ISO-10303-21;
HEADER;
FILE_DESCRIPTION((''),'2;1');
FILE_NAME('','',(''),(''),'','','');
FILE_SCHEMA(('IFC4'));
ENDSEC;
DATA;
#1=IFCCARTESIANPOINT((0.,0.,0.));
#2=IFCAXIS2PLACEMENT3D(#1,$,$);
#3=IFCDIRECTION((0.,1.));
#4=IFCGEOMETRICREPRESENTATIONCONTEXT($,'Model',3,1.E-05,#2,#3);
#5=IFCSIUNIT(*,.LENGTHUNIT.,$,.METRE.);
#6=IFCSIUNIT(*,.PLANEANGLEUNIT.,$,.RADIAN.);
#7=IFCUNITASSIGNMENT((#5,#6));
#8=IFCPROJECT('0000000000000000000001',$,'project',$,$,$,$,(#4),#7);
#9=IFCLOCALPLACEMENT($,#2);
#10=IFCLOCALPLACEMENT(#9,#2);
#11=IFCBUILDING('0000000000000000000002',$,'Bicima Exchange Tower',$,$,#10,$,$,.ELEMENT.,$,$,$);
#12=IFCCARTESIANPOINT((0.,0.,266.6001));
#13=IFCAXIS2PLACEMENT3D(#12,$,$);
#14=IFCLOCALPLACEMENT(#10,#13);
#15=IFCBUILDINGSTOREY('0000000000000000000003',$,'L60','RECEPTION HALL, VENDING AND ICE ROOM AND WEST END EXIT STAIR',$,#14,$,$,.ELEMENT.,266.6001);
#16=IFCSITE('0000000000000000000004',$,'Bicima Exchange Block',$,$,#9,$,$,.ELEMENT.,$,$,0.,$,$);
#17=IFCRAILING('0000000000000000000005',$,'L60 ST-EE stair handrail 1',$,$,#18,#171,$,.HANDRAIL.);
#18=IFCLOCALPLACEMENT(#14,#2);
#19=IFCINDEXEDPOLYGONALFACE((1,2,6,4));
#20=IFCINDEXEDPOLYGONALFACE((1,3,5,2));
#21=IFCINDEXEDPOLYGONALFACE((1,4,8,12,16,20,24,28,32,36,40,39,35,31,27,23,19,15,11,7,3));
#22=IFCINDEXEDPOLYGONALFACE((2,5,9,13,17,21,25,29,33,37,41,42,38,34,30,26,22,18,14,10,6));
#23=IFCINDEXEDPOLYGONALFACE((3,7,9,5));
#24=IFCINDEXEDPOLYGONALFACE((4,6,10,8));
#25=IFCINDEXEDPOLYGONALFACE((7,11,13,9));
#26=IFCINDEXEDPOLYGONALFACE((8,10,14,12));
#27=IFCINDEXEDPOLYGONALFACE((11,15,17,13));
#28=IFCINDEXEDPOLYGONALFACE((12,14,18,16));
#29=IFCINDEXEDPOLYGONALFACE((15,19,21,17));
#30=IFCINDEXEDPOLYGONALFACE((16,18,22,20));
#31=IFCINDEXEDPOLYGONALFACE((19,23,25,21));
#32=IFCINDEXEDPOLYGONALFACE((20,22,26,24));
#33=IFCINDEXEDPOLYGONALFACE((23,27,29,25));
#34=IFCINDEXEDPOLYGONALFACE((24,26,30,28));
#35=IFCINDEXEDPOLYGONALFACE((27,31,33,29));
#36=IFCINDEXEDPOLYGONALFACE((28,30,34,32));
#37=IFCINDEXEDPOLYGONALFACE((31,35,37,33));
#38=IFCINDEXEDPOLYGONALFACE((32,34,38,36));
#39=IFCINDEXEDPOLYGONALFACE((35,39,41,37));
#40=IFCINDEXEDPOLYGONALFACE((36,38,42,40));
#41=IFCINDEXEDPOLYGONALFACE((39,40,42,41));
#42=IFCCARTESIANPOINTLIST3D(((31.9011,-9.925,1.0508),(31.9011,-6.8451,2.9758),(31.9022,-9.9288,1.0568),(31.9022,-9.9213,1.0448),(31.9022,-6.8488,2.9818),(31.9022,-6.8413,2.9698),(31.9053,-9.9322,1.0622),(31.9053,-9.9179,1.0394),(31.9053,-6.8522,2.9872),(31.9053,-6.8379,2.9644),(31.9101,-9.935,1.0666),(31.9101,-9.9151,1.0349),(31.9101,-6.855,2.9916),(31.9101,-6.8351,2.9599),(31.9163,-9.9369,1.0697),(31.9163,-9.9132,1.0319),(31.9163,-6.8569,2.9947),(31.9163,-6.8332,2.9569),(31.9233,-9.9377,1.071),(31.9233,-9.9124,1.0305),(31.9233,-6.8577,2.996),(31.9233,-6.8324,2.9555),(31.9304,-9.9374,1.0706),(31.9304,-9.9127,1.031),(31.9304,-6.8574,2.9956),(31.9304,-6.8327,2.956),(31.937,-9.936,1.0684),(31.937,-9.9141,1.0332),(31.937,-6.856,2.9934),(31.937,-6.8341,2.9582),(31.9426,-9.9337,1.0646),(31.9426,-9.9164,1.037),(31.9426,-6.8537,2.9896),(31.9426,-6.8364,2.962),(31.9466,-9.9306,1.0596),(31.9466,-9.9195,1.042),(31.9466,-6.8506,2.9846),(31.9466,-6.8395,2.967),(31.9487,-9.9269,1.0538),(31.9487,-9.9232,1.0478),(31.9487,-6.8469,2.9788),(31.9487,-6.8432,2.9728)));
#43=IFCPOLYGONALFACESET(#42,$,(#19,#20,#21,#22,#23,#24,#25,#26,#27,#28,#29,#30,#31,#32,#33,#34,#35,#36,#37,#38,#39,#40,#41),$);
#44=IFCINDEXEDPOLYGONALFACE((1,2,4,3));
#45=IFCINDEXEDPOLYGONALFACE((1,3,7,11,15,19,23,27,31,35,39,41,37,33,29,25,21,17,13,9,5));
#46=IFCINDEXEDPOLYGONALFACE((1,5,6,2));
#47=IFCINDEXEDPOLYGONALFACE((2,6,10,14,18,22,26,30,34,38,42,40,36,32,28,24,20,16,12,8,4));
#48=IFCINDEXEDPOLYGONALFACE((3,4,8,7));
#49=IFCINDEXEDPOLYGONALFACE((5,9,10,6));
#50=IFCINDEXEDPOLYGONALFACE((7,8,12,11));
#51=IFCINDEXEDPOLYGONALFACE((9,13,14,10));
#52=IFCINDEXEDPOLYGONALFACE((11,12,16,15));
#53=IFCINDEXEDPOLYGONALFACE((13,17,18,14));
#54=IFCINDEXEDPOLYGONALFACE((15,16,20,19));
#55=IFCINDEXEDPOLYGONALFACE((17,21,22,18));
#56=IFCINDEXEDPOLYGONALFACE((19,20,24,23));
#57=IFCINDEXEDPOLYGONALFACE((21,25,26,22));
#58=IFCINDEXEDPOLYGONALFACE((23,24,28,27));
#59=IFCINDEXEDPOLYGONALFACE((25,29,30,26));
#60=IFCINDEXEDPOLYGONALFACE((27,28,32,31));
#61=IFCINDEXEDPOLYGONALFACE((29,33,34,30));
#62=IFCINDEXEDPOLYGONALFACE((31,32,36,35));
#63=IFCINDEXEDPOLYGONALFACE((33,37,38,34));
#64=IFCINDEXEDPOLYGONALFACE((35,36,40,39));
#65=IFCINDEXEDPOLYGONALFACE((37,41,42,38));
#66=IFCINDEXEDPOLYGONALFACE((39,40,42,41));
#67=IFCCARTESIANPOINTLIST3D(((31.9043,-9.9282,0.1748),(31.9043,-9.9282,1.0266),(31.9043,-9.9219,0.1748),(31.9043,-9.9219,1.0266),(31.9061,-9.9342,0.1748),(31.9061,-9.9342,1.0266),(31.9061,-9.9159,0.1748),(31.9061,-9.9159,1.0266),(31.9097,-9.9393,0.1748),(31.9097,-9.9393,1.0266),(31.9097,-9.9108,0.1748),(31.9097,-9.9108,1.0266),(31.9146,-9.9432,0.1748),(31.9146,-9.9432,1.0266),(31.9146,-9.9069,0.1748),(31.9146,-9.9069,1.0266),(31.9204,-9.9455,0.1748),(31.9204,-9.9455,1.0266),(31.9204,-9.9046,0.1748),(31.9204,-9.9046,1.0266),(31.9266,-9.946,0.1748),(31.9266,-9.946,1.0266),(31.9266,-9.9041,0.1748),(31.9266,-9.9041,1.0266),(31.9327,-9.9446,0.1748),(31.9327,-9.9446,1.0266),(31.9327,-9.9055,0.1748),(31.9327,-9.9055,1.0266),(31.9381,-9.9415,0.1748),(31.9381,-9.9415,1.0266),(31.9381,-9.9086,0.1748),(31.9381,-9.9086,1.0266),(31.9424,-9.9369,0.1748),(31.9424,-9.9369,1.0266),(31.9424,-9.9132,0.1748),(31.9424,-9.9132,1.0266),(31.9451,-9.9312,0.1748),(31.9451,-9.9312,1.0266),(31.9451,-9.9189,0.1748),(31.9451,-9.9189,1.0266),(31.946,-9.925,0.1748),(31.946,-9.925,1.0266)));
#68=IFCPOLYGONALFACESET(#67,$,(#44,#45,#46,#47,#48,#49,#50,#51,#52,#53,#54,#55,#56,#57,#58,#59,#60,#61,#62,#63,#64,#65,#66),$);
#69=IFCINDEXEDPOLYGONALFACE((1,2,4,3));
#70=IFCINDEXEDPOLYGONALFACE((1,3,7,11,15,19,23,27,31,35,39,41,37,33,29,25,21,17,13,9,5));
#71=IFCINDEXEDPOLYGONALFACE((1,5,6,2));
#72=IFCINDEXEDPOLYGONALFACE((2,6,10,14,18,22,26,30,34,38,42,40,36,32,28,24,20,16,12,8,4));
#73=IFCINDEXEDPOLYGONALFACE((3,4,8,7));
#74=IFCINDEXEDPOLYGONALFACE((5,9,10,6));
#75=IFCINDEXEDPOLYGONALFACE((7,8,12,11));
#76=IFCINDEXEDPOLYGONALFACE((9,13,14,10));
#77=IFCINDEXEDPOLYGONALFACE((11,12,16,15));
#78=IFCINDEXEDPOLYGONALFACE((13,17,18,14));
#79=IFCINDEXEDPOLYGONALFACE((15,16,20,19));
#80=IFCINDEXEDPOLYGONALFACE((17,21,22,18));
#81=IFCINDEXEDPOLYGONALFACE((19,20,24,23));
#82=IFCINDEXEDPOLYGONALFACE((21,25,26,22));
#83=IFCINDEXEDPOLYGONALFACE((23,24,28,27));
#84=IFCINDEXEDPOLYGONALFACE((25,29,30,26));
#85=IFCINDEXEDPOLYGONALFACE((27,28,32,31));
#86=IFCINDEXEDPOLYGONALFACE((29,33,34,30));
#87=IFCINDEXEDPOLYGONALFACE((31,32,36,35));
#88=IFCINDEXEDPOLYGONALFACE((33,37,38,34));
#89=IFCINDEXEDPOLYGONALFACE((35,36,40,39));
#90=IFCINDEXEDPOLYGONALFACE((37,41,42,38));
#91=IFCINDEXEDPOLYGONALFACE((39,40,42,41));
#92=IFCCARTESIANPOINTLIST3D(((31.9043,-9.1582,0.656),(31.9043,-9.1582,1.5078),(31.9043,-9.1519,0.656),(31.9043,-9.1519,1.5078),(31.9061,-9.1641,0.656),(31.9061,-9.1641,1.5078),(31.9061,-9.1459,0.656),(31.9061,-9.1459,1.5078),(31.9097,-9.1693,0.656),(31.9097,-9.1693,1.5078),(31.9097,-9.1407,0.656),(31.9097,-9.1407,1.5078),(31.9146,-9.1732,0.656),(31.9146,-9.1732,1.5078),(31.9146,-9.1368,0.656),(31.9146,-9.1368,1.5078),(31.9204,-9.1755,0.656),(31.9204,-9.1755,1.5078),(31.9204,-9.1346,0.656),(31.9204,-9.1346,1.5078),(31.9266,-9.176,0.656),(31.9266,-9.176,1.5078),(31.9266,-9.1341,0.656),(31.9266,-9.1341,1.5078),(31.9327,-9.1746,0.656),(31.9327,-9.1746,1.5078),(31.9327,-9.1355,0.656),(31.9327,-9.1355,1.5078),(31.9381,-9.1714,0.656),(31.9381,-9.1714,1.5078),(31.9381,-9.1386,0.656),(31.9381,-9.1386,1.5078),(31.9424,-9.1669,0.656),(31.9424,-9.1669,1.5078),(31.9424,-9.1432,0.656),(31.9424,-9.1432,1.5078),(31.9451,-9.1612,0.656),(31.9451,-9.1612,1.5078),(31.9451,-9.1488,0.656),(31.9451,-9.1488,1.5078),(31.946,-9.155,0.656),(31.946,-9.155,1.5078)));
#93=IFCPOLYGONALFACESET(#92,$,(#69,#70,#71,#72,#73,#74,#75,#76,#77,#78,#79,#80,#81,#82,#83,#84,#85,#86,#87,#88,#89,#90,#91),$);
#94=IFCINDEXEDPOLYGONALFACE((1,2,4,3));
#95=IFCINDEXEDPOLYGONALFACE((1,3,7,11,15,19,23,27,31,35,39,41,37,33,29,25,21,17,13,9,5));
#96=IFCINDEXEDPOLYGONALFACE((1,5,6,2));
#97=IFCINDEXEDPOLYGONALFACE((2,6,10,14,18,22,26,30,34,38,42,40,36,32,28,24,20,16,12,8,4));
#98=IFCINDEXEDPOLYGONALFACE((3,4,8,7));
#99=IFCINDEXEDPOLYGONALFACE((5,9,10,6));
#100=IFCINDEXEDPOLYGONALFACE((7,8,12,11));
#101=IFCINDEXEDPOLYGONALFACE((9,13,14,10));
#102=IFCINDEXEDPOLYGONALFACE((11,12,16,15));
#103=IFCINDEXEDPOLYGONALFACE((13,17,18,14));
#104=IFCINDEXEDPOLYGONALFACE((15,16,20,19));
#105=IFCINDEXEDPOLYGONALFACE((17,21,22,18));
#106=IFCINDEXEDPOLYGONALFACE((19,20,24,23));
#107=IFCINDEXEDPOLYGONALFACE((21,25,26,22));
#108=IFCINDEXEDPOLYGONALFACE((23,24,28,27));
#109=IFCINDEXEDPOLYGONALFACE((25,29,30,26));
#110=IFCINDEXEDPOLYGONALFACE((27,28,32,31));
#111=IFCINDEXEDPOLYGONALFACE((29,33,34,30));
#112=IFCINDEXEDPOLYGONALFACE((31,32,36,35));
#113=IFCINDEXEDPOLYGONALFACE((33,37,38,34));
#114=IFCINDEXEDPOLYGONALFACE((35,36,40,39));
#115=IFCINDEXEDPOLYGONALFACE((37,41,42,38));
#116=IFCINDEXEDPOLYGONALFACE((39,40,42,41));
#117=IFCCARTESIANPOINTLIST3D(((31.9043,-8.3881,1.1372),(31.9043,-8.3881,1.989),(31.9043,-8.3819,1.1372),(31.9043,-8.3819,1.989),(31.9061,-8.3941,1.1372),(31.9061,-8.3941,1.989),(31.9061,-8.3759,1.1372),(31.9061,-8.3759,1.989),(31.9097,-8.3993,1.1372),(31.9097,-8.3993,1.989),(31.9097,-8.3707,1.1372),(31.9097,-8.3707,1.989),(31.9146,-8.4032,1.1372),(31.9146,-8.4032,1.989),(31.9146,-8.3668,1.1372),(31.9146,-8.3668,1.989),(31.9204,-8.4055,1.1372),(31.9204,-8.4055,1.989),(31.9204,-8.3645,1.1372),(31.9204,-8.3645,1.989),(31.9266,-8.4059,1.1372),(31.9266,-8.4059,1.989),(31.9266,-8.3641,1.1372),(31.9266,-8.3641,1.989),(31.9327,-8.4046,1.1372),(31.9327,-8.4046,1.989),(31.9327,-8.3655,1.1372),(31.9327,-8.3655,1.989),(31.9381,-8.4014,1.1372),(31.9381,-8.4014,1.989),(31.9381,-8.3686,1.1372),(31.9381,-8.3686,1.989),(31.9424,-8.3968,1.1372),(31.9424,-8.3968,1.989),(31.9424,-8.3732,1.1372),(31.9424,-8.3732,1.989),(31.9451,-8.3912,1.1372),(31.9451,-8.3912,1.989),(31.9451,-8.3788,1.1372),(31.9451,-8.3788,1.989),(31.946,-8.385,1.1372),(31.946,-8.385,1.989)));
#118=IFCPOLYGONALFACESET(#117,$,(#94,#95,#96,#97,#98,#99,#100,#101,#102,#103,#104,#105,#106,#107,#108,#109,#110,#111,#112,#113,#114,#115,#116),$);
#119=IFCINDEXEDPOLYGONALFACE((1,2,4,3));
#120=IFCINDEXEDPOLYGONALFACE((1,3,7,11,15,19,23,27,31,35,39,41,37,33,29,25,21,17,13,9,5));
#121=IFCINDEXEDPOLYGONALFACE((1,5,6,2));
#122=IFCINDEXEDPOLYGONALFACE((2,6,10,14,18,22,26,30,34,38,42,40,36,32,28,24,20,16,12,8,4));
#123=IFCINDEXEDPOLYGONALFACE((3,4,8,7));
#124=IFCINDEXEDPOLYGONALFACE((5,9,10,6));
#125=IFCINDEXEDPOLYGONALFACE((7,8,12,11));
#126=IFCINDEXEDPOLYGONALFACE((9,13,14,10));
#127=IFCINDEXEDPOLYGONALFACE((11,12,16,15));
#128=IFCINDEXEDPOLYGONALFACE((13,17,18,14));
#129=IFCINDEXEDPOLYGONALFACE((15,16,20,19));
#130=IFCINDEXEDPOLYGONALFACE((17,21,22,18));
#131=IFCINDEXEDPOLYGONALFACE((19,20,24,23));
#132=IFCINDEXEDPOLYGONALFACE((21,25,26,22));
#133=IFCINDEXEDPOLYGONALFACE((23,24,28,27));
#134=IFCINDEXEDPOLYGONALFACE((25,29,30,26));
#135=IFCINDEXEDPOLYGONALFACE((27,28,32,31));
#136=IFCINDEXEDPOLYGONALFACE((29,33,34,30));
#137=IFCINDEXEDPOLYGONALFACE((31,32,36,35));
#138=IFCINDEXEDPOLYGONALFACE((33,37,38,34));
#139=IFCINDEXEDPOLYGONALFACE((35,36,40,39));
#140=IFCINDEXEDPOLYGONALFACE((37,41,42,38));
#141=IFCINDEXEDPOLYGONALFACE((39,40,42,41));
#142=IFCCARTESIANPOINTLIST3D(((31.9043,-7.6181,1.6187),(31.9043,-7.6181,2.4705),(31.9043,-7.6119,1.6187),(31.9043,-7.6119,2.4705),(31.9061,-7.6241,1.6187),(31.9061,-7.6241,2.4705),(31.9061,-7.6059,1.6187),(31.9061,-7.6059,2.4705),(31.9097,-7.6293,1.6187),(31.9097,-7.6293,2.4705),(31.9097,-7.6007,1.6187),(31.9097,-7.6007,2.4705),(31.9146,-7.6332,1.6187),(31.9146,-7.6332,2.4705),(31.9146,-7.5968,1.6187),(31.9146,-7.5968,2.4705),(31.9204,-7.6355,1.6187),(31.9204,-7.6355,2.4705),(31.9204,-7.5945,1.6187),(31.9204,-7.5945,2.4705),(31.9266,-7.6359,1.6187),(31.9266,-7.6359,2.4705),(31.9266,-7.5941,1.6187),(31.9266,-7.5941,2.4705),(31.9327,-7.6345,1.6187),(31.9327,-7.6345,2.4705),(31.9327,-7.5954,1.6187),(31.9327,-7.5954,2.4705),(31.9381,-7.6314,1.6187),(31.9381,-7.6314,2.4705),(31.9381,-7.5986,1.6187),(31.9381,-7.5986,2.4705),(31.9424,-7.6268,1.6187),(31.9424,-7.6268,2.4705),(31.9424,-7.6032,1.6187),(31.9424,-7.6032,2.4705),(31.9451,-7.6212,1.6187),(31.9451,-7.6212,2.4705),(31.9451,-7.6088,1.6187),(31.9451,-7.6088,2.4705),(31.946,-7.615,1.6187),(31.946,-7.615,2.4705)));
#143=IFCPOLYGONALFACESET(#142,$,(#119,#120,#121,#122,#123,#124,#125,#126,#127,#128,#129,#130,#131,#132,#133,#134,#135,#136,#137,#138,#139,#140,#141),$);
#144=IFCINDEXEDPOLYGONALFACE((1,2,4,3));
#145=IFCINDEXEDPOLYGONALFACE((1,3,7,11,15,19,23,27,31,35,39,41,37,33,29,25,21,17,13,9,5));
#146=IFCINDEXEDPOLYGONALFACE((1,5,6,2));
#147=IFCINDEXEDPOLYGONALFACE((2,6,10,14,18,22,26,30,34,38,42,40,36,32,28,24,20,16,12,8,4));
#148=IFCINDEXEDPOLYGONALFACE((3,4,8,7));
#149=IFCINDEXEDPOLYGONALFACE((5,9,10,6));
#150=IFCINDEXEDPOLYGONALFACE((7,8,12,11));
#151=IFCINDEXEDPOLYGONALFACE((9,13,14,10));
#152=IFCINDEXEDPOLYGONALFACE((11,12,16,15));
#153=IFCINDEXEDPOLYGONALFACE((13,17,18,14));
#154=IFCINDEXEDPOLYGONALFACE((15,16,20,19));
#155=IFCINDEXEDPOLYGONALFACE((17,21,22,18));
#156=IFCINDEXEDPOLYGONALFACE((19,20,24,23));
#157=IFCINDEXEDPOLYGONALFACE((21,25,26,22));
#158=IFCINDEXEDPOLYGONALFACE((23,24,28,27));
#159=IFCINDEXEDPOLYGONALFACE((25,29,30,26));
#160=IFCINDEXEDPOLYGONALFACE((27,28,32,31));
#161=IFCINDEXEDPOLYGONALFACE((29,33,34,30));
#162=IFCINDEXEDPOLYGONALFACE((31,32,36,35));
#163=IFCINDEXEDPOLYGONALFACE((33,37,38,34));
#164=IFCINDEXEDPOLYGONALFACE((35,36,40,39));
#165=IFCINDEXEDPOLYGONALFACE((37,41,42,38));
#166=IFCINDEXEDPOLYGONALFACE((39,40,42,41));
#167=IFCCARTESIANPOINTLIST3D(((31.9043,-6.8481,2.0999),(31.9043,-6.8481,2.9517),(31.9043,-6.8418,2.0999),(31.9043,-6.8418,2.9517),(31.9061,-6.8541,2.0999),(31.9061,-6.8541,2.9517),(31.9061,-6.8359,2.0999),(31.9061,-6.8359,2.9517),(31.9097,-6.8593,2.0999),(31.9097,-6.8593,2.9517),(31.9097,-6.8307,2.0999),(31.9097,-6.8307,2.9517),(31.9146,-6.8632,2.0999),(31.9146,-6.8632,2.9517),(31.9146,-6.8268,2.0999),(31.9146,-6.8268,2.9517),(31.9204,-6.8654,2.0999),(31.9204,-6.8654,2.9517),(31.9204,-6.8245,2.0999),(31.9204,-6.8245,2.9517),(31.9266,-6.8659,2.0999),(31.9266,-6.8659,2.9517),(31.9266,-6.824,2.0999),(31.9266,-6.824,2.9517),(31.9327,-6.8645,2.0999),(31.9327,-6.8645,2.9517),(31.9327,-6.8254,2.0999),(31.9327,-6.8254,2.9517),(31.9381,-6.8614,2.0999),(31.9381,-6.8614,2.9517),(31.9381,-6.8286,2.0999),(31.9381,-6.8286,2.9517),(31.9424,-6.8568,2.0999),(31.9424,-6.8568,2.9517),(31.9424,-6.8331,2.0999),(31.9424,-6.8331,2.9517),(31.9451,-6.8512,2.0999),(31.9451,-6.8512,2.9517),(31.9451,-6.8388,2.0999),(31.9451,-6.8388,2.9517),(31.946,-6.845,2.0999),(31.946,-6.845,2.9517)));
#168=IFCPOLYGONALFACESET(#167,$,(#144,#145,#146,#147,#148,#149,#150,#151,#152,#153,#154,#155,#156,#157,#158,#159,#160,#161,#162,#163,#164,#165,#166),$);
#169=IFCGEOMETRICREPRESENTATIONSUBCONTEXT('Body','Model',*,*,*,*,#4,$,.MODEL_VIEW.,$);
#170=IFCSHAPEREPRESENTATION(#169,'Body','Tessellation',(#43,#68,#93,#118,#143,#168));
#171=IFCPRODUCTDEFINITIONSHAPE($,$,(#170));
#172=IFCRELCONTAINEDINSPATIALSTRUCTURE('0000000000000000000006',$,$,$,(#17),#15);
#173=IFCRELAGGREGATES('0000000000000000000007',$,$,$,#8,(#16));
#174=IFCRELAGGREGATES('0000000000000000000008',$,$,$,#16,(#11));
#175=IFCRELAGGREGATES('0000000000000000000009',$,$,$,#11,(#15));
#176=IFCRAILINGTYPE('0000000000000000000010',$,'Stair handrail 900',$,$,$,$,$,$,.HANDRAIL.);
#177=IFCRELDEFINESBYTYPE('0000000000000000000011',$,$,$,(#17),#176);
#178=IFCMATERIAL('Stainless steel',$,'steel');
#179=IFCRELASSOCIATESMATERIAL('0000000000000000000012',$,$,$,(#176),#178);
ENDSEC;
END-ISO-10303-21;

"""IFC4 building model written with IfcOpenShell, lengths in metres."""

from ifc_helpers import new_model, si_unit, direction, frame, origin, origin_2d, place, context, subcontext, project, spatial, circle, extrude, material, type_object, element, save


model = new_model("IFC4")

# Units and contexts
model_context = context("Model", 3, precision=1e-05, world=origin(), true_north=direction((0.0, 1.0)))
body_context = subcontext(model_context, "Body", "Model", "MODEL_VIEW")
ifc_project = project(units=[si_unit("LENGTHUNIT", "METRE"), si_unit("PLANEANGLEUNIT", "RADIAN")], contexts=[model_context])

# Site, building, storey
site_placement = place(None, origin())
site = spatial("IfcSite", under=ifc_project, at=site_placement, Name="Bicima Exchange Block", CompositionType="ELEMENT", RefElevation=0.0)
building_placement = place(site_placement, origin())
building = spatial("IfcBuilding", under=site, at=building_placement, Name="Bicima Exchange Tower", CompositionType="ELEMENT")
storey_placement = place(building_placement, frame((0.0, 0.0, 266.6001)))
storey = spatial("IfcBuildingStorey", under=building, at=storey_placement, Name="L60", Description="RECEPTION HALL, VENDING AND ICE ROOM AND WEST END EXIT STAIR", CompositionType="ELEMENT", Elevation=266.6001)

# Railing
ifc_material_1 = material(Name="Stainless steel", Category="steel")
railing_type_1 = type_object("IfcRailingType", Name="Stair handrail 900", PredefinedType="HANDRAIL", material=ifc_material_1)
railing_1_placement = place(storey_placement, frame((31.925, -9.925, 0.1748)))
element("IfcRailing", 1, at=railing_1_placement, inside=storey, type_object=railing_type_1, Name="L60 ST-EE stair handrail 1", PredefinedType="HANDRAIL", context=body_context, shape_type="SweptSolid", body=[
    extrude(circle(Radius=0.0239, at=origin_2d()), frame((0.0, 0.0, 0.876), z_axis=(0.0, 0.847998, 0.529999), x_axis=(-1.0, 0.0, 0.0)), (0.0, 0.0, 1.0), 3.6321),
    extrude(circle(Radius=0.021, at=origin_2d()), origin(), (0.0, 0.0, 1.0), 0.8518),
    extrude(circle(Radius=0.021, at=origin_2d()), frame((0.0, 0.77, 0.4812)), (0.0, 0.0, 1.0), 0.8518),
    extrude(circle(Radius=0.021, at=origin_2d()), frame((0.0, 1.54, 0.9624)), (0.0, 0.0, 1.0), 0.8518),
    extrude(circle(Radius=0.021, at=origin_2d()), frame((0.0, 2.3101, 1.4438)), (0.0, 0.0, 1.0), 0.8518),
    extrude(circle(Radius=0.021, at=origin_2d()), frame((0.0, 3.0801, 1.925)), (0.0, 0.0, 1.0), 0.8518),
])

save(model, "model.ifc")
